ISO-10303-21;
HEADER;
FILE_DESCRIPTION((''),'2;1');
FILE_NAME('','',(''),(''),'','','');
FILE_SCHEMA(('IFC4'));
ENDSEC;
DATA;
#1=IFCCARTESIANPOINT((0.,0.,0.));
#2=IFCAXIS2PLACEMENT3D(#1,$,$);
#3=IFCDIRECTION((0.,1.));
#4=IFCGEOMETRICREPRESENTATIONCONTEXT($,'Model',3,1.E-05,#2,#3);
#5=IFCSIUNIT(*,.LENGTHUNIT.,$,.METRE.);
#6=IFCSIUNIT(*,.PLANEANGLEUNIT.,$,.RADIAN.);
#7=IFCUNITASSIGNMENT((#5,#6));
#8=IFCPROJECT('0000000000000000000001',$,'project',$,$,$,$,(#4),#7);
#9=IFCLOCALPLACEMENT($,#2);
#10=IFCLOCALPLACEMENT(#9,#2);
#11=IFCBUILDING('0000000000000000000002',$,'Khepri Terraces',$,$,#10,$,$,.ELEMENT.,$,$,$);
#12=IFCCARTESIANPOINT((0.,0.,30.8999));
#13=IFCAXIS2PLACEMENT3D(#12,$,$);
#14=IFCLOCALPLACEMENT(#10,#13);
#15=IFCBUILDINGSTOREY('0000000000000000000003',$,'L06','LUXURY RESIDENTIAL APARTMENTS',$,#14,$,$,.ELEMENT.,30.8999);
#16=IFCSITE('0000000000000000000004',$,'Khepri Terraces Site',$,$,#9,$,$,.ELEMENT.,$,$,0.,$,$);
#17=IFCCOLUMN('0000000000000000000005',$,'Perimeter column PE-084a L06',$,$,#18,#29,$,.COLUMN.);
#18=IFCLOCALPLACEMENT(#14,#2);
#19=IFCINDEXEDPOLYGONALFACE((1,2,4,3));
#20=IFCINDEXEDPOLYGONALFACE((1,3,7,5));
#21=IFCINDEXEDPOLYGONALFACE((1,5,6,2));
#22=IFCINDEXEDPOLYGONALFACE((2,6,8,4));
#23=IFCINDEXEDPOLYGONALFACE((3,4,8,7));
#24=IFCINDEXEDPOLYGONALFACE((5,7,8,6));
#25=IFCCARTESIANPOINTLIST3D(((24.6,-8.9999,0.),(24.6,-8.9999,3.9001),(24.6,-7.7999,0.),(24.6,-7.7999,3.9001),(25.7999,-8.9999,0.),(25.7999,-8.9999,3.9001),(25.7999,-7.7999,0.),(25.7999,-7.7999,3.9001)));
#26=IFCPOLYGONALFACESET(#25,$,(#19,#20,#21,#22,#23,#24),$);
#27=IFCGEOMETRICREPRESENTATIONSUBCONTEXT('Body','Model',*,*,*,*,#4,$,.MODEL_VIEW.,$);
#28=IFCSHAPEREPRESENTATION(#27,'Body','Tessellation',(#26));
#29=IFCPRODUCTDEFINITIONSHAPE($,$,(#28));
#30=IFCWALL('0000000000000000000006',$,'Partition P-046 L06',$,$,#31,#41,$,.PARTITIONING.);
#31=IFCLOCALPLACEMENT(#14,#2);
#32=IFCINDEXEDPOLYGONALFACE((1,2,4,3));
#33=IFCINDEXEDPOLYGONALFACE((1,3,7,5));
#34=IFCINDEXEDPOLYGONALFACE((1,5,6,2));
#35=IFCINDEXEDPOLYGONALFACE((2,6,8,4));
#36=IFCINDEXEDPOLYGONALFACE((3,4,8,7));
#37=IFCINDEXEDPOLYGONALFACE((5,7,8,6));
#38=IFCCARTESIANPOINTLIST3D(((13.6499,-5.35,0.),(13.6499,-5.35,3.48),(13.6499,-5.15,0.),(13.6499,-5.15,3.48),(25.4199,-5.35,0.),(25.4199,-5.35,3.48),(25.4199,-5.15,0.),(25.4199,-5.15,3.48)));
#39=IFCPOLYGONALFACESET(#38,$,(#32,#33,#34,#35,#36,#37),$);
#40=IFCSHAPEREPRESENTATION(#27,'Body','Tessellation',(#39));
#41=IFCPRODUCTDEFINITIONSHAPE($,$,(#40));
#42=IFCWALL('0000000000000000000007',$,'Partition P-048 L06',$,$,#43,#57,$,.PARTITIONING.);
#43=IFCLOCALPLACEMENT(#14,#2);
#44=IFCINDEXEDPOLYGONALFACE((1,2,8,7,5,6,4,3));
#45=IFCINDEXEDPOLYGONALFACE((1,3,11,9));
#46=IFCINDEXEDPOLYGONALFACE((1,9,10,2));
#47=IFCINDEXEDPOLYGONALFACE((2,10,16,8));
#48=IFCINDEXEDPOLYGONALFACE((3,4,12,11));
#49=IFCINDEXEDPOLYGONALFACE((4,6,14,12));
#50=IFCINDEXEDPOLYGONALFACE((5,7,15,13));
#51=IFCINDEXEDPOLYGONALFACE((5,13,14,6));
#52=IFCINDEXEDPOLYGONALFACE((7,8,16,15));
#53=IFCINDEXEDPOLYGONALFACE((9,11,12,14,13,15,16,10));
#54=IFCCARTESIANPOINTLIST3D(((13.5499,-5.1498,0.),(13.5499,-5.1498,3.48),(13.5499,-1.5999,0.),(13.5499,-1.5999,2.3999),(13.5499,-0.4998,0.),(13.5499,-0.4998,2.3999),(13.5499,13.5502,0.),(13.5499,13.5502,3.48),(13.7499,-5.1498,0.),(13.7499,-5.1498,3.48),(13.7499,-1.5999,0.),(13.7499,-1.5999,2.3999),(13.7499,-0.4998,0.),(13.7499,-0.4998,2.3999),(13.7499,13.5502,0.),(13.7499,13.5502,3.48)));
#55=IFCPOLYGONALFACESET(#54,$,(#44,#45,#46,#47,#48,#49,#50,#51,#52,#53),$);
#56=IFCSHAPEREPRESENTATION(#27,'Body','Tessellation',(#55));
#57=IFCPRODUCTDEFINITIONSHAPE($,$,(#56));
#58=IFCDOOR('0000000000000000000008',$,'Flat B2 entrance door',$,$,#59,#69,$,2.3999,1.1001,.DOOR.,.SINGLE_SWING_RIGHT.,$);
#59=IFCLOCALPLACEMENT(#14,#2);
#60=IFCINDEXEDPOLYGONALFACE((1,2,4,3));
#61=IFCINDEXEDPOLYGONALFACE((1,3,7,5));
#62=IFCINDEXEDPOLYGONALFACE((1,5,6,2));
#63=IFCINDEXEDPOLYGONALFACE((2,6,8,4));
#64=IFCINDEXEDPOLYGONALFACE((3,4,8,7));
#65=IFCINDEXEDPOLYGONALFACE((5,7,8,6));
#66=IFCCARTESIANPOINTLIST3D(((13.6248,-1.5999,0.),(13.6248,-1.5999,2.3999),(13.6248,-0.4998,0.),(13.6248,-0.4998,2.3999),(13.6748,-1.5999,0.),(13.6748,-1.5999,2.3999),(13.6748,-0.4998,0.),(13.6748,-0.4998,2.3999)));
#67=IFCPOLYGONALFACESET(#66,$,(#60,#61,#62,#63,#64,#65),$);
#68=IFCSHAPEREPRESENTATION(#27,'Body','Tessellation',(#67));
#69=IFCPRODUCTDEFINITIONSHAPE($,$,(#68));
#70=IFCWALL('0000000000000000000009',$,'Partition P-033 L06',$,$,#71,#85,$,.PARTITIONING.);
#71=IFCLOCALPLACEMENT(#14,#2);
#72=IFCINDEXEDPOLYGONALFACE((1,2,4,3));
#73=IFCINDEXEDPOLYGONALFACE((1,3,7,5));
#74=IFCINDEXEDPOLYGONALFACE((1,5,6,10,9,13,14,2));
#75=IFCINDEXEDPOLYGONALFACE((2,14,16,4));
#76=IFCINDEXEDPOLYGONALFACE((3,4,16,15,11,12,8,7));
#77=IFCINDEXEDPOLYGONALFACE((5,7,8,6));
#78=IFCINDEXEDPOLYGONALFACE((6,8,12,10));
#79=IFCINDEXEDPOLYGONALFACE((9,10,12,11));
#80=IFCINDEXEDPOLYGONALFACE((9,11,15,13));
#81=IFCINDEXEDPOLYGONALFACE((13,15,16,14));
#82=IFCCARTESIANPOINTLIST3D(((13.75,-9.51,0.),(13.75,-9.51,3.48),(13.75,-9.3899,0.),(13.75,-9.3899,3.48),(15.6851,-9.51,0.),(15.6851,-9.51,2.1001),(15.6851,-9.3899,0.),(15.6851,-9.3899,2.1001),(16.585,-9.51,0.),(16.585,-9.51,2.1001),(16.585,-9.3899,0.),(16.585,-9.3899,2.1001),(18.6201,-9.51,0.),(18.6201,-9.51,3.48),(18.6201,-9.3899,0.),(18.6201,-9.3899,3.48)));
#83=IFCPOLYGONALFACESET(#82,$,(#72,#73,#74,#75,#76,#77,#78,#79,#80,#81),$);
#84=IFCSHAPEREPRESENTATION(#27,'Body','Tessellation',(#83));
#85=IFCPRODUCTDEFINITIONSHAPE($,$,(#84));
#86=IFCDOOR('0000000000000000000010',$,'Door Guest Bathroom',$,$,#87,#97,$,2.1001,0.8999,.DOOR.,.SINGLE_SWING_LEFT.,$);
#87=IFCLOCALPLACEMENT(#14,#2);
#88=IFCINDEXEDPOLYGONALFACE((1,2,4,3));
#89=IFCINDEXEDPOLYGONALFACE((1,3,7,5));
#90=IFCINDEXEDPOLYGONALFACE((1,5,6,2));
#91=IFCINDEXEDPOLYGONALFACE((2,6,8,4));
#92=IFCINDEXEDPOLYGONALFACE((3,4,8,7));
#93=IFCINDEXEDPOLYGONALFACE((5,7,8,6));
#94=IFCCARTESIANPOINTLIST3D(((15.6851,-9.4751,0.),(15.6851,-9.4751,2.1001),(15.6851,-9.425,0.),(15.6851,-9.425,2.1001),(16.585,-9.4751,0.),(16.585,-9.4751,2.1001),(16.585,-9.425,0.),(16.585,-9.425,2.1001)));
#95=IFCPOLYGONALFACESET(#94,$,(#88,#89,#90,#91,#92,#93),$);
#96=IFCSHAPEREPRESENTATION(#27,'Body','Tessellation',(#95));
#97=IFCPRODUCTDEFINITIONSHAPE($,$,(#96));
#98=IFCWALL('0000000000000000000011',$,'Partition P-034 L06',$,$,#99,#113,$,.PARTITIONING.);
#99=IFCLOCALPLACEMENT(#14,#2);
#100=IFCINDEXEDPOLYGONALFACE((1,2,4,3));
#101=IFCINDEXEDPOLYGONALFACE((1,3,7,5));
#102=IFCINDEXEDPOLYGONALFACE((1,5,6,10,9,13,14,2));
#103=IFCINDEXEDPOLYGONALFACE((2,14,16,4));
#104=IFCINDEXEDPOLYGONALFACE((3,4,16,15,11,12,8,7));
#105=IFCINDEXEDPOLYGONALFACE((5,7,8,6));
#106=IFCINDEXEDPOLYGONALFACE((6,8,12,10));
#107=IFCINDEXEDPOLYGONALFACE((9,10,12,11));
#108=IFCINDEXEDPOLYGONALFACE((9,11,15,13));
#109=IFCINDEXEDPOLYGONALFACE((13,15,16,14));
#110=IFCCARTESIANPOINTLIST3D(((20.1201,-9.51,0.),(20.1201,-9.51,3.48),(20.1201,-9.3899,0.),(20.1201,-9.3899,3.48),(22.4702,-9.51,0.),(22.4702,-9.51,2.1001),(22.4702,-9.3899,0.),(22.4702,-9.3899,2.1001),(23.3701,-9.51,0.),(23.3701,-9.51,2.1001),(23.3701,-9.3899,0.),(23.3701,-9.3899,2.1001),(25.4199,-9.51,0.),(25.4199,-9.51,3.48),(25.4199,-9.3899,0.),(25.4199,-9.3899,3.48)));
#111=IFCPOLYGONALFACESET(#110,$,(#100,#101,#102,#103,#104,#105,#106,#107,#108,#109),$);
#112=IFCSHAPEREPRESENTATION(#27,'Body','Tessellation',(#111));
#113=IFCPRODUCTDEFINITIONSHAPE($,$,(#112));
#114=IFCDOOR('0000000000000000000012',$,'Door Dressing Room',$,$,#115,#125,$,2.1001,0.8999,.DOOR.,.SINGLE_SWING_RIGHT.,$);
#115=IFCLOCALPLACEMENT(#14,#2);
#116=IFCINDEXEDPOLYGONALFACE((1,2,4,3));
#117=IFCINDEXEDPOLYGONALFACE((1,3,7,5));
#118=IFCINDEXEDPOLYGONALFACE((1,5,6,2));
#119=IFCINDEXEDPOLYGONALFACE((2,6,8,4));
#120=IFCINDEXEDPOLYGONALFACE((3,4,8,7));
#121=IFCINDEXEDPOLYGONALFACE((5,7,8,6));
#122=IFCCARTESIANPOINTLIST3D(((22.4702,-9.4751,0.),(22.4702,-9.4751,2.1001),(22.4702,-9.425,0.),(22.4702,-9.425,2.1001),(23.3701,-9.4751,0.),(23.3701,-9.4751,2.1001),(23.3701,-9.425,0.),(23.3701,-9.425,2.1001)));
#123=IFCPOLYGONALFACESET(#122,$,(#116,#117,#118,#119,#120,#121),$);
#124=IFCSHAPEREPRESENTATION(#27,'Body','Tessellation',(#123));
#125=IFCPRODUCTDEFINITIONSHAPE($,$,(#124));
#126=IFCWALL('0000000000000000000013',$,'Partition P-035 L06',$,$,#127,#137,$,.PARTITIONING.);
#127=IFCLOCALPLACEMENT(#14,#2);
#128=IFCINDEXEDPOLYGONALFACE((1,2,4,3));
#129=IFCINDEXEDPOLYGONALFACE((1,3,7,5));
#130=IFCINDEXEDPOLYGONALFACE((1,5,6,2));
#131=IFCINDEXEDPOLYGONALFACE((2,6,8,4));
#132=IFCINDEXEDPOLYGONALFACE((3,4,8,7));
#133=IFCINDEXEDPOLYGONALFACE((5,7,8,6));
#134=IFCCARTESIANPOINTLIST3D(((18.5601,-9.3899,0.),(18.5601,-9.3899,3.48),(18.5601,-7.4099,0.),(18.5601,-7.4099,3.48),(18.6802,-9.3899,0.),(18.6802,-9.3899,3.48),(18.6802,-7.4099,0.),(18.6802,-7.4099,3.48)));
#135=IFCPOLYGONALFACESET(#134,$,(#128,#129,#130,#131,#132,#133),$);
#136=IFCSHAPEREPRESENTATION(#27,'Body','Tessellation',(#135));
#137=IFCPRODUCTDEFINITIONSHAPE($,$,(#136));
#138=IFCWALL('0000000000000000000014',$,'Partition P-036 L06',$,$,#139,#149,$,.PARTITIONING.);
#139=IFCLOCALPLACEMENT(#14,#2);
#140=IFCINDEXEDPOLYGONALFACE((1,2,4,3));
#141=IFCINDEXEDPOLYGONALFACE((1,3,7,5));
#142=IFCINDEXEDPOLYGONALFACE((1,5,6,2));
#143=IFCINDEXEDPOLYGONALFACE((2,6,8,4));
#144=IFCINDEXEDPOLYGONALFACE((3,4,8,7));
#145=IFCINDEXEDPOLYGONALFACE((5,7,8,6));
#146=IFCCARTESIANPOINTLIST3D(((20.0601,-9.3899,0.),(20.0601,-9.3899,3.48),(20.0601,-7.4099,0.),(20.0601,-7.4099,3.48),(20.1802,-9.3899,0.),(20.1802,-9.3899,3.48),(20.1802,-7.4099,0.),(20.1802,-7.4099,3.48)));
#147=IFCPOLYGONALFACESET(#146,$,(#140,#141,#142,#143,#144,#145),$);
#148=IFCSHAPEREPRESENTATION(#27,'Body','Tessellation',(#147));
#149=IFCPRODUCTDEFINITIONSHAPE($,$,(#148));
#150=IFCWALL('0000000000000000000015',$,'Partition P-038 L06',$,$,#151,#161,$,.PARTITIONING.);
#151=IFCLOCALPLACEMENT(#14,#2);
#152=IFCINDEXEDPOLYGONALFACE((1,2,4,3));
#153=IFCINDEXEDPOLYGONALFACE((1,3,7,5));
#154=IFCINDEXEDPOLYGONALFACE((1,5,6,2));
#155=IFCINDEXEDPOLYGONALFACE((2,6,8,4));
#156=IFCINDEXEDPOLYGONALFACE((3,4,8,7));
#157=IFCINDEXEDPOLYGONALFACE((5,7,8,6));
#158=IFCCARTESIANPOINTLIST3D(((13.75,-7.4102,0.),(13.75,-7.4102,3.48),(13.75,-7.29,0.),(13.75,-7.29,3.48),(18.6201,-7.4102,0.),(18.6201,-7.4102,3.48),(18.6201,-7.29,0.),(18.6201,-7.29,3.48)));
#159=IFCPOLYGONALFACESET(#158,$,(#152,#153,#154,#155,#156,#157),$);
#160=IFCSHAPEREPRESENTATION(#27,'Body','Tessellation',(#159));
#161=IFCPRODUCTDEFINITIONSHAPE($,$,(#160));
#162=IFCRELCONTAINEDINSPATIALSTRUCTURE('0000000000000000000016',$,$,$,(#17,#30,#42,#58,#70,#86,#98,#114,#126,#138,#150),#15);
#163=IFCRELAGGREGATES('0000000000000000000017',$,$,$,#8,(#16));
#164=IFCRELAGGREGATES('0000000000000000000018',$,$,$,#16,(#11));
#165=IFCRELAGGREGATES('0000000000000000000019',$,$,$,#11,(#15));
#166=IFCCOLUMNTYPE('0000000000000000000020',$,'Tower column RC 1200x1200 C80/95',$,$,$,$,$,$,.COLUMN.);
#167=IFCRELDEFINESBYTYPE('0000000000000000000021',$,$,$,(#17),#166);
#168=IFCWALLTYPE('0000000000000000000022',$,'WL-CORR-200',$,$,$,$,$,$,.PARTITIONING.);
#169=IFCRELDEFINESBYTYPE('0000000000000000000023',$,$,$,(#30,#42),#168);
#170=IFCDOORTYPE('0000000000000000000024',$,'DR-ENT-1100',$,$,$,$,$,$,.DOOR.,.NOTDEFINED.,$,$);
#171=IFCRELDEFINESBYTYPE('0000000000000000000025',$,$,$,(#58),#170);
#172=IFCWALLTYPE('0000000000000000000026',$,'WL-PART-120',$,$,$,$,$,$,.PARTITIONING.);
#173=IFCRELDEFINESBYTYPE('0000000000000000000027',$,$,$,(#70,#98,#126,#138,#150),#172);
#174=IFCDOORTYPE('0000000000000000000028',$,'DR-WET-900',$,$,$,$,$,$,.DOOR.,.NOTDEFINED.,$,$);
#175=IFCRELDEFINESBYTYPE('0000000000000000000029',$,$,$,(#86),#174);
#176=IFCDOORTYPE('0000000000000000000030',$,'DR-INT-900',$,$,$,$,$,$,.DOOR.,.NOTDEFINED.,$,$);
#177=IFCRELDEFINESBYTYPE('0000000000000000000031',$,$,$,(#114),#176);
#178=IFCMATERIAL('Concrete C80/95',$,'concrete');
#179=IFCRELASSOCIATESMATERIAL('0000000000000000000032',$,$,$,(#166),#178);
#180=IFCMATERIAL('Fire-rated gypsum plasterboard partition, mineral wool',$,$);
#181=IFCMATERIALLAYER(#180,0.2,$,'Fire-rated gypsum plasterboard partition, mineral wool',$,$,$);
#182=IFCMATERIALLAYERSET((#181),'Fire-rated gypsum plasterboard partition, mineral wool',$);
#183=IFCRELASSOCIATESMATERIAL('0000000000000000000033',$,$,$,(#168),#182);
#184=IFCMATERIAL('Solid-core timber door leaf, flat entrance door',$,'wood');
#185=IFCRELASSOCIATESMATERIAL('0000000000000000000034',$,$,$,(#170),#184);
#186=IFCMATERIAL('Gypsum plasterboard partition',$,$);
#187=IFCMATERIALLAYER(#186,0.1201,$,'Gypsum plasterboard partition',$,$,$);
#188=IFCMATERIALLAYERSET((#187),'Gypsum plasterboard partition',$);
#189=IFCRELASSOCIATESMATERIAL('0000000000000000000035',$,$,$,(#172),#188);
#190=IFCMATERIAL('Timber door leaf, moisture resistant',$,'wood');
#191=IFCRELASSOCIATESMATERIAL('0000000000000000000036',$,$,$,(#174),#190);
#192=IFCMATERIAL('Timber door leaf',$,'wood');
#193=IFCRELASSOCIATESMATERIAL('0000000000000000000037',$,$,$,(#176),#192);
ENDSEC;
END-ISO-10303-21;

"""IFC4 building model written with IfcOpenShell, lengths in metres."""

from ifc_helpers import new_model, si_unit, direction, frame, frame_2d, origin, origin_2d, place, context, subcontext, project, spatial, rectangle, extrude, material, layer, layer_set, material_profile, profile_set, type_object, element, fill, save


model = new_model("IFC4")

# Units and contexts
model_context = context("Model", 3, precision=1e-05, world=origin(), true_north=direction((0.0, 1.0)))
body_context = subcontext(model_context, "Body", "Model", "MODEL_VIEW")
ifc_project = project(units=[si_unit("LENGTHUNIT", "METRE"), si_unit("PLANEANGLEUNIT", "RADIAN")], contexts=[model_context])

# Site, building, storey
site_placement = place(None, origin())
site = spatial("IfcSite", under=ifc_project, at=site_placement, Name="Khepri Terraces Site", CompositionType="ELEMENT", RefElevation=0.0)
building_placement = place(site_placement, origin())
building = spatial("IfcBuilding", under=site, at=building_placement, Name="Khepri Terraces", CompositionType="ELEMENT")
storey_placement = place(building_placement, frame((0.0, 0.0, 30.8999)))
storey = spatial("IfcBuildingStorey", under=building, at=storey_placement, Name="L06", Description="LUXURY RESIDENTIAL APARTMENTS", CompositionType="ELEMENT", Elevation=30.8999)

# Column
ifc_material_1 = material(Name="Concrete C80/95", Category="concrete")
ifc_material_profile = material_profile(ifc_material_1, rectangle(XDim=1.2, YDim=1.2, at=origin_2d()), Name="Concrete C80/95", Category="concrete")
ifc_profile_set = profile_set([ifc_material_profile], Name="Concrete C80/95")
column_type = type_object("IfcColumnType", Name="Tower column RC 1200x1200 C80/95", PredefinedType="COLUMN", material=ifc_profile_set)
column_placement = place(storey_placement, frame((25.2, -8.3999, 0.0), z_axis=(0.0, 0.0, 1.0), x_axis=(1.0, 0.0, 0.0)))
element("IfcColumn", 1, at=column_placement, inside=storey, type_object=column_type, Name="Perimeter column PE-084a L06", PredefinedType="COLUMN", context=body_context, shape_type="SweptSolid", body=[
    extrude(rectangle(XDim=1.2, YDim=1.2, at=origin_2d()), origin(), (0.0, 0.0, 1.0), 3.9001),
])

# Wall
ifc_material_2 = material(Name="Fire-rated gypsum plasterboard partition, mineral wool")
ifc_layer_1 = layer(ifc_material_2, 0.2, Name="Fire-rated gypsum plasterboard partition, mineral wool")
ifc_layer_set_1 = layer_set([ifc_layer_1], Name="Fire-rated gypsum plasterboard partition, mineral wool")
wall_type_1 = type_object("IfcWallType", Name="WL-CORR-200", PredefinedType="PARTITIONING", material=ifc_layer_set_1)
wall_1_placement = place(storey_placement, frame((13.6499, -5.25, 0.0), z_axis=(0.0, 0.0, 1.0), x_axis=(1.0, 0.0, 0.0)))
element("IfcWall", 2, at=wall_1_placement, inside=storey, type_object=wall_type_1, Name="Partition P-046 L06", PredefinedType="PARTITIONING", context=body_context, shape_type="SweptSolid", body=[
    extrude(rectangle(XDim=11.77, YDim=0.2, at=frame_2d((5.885, 0.0))), origin(), (0.0, 0.0, 1.0), 3.48),
])

# Wall, opening, door
wall_2_placement = place(storey_placement, frame((13.6499, -5.1499, 0.0), z_axis=(0.0, 0.0, 1.0), x_axis=(0.0, 1.0, 0.0)))
wall_2 = element("IfcWall", 3, at=wall_2_placement, inside=storey, type_object=wall_type_1, Name="Partition P-048 L06", PredefinedType="PARTITIONING", context=body_context, shape_type="SweptSolid", body=[
    extrude(rectangle(XDim=18.7, YDim=0.2, at=frame_2d((9.3501, 0.0))), origin(), (0.0, 0.0, 1.0), 3.48),
])
opening_1_placement = place(wall_2_placement, frame((3.55, 0.0, 0.0)))
opening_1 = element("IfcOpeningElement", 4, at=opening_1_placement, cuts=wall_2, PredefinedType="OPENING", context=body_context, shape_type="SweptSolid", body=[
    extrude(rectangle(XDim=1.1001, YDim=2.3999, at=frame_2d((0.55, 1.2))), frame((0.0, 0.1099, 0.0), z_axis=(0.0, -1.0, 0.0), x_axis=(1.0, 0.0, 0.0)), (0.0, 0.0, 1.0), 0.22),
])
ifc_material_3 = material(Name="Solid-core timber door leaf, flat entrance door", Category="wood")
door_type_1 = type_object("IfcDoorType", Name="DR-ENT-1100", OperationType="NOTDEFINED", PredefinedType="DOOR", material=ifc_material_3)
door_1_placement = place(opening_1_placement, frame((1.1001, 0.0, 0.0), z_axis=(0.0, 0.0, 1.0), x_axis=(-1.0, 0.0, 0.0)))
door_1 = element("IfcDoor", 5, at=door_1_placement, inside=storey, type_object=door_type_1, Name="Flat B2 entrance door", OperationType="SINGLE_SWING_RIGHT", OverallHeight=2.3999, OverallWidth=1.1001, PredefinedType="DOOR", context=body_context, shape_type="SweptSolid", body=[
    extrude(rectangle(XDim=1.1001, YDim=2.3999, at=frame_2d((0.55, 1.2))), frame((0.0, 0.0249, 0.0), z_axis=(0.0, -1.0, 0.0), x_axis=(1.0, 0.0, 0.0)), (0.0, 0.0, 1.0), 0.05),
])
fill(opening_1, door_1)

# Walls, openings, doors
ifc_material_4 = material(Name="Gypsum plasterboard partition")
ifc_layer_2 = layer(ifc_material_4, 0.1201, Name="Gypsum plasterboard partition")
ifc_layer_set_2 = layer_set([ifc_layer_2], Name="Gypsum plasterboard partition")
wall_type_2 = type_object("IfcWallType", Name="WL-PART-120", PredefinedType="PARTITIONING", material=ifc_layer_set_2)
wall_3_placement = place(storey_placement, frame((13.75, -9.45, 0.0), z_axis=(0.0, 0.0, 1.0), x_axis=(1.0, 0.0, 0.0)))
wall_3 = element("IfcWall", 6, at=wall_3_placement, inside=storey, type_object=wall_type_2, Name="Partition P-033 L06", PredefinedType="PARTITIONING", context=body_context, shape_type="SweptSolid", body=[
    extrude(rectangle(XDim=4.8701, YDim=0.1201, at=frame_2d((2.4351, 0.0))), origin(), (0.0, 0.0, 1.0), 3.48),
])
opening_2_placement = place(wall_3_placement, frame((1.9351, 0.0, 0.0)))
opening_2 = element("IfcOpeningElement", 7, at=opening_2_placement, cuts=wall_3, PredefinedType="OPENING", context=body_context, shape_type="SweptSolid", body=[
    extrude(rectangle(XDim=0.8999, YDim=2.1001, at=frame_2d((0.45, 1.05))), frame((0.0, 0.0701, 0.0), z_axis=(0.0, -1.0, 0.0), x_axis=(1.0, 0.0, 0.0)), (0.0, 0.0, 1.0), 0.1401),
])
ifc_material_5 = material(Name="Timber door leaf, moisture resistant", Category="wood")
door_type_2 = type_object("IfcDoorType", Name="DR-WET-900", OperationType="NOTDEFINED", PredefinedType="DOOR", material=ifc_material_5)
door_2_placement = place(opening_2_placement, origin())
door_2 = element("IfcDoor", 8, at=door_2_placement, inside=storey, type_object=door_type_2, Name="Door Guest Bathroom", OperationType="SINGLE_SWING_LEFT", OverallHeight=2.1001, OverallWidth=0.8999, PredefinedType="DOOR", context=body_context, shape_type="SweptSolid", body=[
    extrude(rectangle(XDim=0.8999, YDim=2.1001, at=frame_2d((0.45, 1.05))), frame((0.0, 0.0249, 0.0), z_axis=(0.0, -1.0, 0.0), x_axis=(1.0, 0.0, 0.0)), (0.0, 0.0, 1.0), 0.05),
])
fill(opening_2, door_2)
wall_4_placement = place(storey_placement, frame((20.1201, -9.45, 0.0), z_axis=(0.0, 0.0, 1.0), x_axis=(1.0, 0.0, 0.0)))
wall_4 = element("IfcWall", 9, at=wall_4_placement, inside=storey, type_object=wall_type_2, Name="Partition P-034 L06", PredefinedType="PARTITIONING", context=body_context, shape_type="SweptSolid", body=[
    extrude(rectangle(XDim=5.2998, YDim=0.1201, at=frame_2d((2.6499, 0.0))), origin(), (0.0, 0.0, 1.0), 3.48),
])
opening_3_placement = place(wall_4_placement, frame((2.3501, 0.0, 0.0)))
opening_3 = element("IfcOpeningElement", 10, at=opening_3_placement, cuts=wall_4, PredefinedType="OPENING", context=body_context, shape_type="SweptSolid", body=[
    extrude(rectangle(XDim=0.8999, YDim=2.1001, at=frame_2d((0.45, 1.05))), frame((0.0, 0.0701, 0.0), z_axis=(0.0, -1.0, 0.0), x_axis=(1.0, 0.0, 0.0)), (0.0, 0.0, 1.0), 0.1401),
])
ifc_material_6 = material(Name="Timber door leaf", Category="wood")
door_type_3 = type_object("IfcDoorType", Name="DR-INT-900", OperationType="NOTDEFINED", PredefinedType="DOOR", material=ifc_material_6)
door_3_placement = place(opening_3_placement, origin())
door_3 = element("IfcDoor", 11, at=door_3_placement, inside=storey, type_object=door_type_3, Name="Door Dressing Room", OperationType="SINGLE_SWING_RIGHT", OverallHeight=2.1001, OverallWidth=0.8999, PredefinedType="DOOR", context=body_context, shape_type="SweptSolid", body=[
    extrude(rectangle(XDim=0.8999, YDim=2.1001, at=frame_2d((0.45, 1.05))), frame((0.0, 0.0249, 0.0), z_axis=(0.0, -1.0, 0.0), x_axis=(1.0, 0.0, 0.0)), (0.0, 0.0, 1.0), 0.05),
])
fill(opening_3, door_3)

# Walls
for number, where, z_axis, x_axis, name in (
    (12, (18.6201, -9.3899, 0.0), (0.0, 0.0, 1.0), (0.0, 1.0, 0.0), "Partition P-035 L06"),
    (13, (20.1201, -9.3899, 0.0), (0.0, 0.0, 1.0), (0.0, 1.0, 0.0), "Partition P-036 L06"),
):
    element("IfcWall", number, at=place(storey_placement, frame(where, z_axis=z_axis, x_axis=x_axis)), inside=storey, type_object=wall_type_2, Name=name, PredefinedType="PARTITIONING", context=body_context, shape_type="SweptSolid", body=[
        extrude(rectangle(XDim=1.98, YDim=0.1201, at=frame_2d((0.99, 0.0))), origin(), (0.0, 0.0, 1.0), 3.48),
    ])
wall_5_placement = place(storey_placement, frame((13.75, -7.3501, 0.0), z_axis=(0.0, 0.0, 1.0), x_axis=(1.0, 0.0, 0.0)))
element("IfcWall", 14, at=wall_5_placement, inside=storey, type_object=wall_type_2, Name="Partition P-038 L06", PredefinedType="PARTITIONING", context=body_context, shape_type="SweptSolid", body=[
    extrude(rectangle(XDim=4.8701, YDim=0.1201, at=frame_2d((2.4351, 0.0))), origin(), (0.0, 0.0, 1.0), 3.48),
])

save(model, "model.ifc")
